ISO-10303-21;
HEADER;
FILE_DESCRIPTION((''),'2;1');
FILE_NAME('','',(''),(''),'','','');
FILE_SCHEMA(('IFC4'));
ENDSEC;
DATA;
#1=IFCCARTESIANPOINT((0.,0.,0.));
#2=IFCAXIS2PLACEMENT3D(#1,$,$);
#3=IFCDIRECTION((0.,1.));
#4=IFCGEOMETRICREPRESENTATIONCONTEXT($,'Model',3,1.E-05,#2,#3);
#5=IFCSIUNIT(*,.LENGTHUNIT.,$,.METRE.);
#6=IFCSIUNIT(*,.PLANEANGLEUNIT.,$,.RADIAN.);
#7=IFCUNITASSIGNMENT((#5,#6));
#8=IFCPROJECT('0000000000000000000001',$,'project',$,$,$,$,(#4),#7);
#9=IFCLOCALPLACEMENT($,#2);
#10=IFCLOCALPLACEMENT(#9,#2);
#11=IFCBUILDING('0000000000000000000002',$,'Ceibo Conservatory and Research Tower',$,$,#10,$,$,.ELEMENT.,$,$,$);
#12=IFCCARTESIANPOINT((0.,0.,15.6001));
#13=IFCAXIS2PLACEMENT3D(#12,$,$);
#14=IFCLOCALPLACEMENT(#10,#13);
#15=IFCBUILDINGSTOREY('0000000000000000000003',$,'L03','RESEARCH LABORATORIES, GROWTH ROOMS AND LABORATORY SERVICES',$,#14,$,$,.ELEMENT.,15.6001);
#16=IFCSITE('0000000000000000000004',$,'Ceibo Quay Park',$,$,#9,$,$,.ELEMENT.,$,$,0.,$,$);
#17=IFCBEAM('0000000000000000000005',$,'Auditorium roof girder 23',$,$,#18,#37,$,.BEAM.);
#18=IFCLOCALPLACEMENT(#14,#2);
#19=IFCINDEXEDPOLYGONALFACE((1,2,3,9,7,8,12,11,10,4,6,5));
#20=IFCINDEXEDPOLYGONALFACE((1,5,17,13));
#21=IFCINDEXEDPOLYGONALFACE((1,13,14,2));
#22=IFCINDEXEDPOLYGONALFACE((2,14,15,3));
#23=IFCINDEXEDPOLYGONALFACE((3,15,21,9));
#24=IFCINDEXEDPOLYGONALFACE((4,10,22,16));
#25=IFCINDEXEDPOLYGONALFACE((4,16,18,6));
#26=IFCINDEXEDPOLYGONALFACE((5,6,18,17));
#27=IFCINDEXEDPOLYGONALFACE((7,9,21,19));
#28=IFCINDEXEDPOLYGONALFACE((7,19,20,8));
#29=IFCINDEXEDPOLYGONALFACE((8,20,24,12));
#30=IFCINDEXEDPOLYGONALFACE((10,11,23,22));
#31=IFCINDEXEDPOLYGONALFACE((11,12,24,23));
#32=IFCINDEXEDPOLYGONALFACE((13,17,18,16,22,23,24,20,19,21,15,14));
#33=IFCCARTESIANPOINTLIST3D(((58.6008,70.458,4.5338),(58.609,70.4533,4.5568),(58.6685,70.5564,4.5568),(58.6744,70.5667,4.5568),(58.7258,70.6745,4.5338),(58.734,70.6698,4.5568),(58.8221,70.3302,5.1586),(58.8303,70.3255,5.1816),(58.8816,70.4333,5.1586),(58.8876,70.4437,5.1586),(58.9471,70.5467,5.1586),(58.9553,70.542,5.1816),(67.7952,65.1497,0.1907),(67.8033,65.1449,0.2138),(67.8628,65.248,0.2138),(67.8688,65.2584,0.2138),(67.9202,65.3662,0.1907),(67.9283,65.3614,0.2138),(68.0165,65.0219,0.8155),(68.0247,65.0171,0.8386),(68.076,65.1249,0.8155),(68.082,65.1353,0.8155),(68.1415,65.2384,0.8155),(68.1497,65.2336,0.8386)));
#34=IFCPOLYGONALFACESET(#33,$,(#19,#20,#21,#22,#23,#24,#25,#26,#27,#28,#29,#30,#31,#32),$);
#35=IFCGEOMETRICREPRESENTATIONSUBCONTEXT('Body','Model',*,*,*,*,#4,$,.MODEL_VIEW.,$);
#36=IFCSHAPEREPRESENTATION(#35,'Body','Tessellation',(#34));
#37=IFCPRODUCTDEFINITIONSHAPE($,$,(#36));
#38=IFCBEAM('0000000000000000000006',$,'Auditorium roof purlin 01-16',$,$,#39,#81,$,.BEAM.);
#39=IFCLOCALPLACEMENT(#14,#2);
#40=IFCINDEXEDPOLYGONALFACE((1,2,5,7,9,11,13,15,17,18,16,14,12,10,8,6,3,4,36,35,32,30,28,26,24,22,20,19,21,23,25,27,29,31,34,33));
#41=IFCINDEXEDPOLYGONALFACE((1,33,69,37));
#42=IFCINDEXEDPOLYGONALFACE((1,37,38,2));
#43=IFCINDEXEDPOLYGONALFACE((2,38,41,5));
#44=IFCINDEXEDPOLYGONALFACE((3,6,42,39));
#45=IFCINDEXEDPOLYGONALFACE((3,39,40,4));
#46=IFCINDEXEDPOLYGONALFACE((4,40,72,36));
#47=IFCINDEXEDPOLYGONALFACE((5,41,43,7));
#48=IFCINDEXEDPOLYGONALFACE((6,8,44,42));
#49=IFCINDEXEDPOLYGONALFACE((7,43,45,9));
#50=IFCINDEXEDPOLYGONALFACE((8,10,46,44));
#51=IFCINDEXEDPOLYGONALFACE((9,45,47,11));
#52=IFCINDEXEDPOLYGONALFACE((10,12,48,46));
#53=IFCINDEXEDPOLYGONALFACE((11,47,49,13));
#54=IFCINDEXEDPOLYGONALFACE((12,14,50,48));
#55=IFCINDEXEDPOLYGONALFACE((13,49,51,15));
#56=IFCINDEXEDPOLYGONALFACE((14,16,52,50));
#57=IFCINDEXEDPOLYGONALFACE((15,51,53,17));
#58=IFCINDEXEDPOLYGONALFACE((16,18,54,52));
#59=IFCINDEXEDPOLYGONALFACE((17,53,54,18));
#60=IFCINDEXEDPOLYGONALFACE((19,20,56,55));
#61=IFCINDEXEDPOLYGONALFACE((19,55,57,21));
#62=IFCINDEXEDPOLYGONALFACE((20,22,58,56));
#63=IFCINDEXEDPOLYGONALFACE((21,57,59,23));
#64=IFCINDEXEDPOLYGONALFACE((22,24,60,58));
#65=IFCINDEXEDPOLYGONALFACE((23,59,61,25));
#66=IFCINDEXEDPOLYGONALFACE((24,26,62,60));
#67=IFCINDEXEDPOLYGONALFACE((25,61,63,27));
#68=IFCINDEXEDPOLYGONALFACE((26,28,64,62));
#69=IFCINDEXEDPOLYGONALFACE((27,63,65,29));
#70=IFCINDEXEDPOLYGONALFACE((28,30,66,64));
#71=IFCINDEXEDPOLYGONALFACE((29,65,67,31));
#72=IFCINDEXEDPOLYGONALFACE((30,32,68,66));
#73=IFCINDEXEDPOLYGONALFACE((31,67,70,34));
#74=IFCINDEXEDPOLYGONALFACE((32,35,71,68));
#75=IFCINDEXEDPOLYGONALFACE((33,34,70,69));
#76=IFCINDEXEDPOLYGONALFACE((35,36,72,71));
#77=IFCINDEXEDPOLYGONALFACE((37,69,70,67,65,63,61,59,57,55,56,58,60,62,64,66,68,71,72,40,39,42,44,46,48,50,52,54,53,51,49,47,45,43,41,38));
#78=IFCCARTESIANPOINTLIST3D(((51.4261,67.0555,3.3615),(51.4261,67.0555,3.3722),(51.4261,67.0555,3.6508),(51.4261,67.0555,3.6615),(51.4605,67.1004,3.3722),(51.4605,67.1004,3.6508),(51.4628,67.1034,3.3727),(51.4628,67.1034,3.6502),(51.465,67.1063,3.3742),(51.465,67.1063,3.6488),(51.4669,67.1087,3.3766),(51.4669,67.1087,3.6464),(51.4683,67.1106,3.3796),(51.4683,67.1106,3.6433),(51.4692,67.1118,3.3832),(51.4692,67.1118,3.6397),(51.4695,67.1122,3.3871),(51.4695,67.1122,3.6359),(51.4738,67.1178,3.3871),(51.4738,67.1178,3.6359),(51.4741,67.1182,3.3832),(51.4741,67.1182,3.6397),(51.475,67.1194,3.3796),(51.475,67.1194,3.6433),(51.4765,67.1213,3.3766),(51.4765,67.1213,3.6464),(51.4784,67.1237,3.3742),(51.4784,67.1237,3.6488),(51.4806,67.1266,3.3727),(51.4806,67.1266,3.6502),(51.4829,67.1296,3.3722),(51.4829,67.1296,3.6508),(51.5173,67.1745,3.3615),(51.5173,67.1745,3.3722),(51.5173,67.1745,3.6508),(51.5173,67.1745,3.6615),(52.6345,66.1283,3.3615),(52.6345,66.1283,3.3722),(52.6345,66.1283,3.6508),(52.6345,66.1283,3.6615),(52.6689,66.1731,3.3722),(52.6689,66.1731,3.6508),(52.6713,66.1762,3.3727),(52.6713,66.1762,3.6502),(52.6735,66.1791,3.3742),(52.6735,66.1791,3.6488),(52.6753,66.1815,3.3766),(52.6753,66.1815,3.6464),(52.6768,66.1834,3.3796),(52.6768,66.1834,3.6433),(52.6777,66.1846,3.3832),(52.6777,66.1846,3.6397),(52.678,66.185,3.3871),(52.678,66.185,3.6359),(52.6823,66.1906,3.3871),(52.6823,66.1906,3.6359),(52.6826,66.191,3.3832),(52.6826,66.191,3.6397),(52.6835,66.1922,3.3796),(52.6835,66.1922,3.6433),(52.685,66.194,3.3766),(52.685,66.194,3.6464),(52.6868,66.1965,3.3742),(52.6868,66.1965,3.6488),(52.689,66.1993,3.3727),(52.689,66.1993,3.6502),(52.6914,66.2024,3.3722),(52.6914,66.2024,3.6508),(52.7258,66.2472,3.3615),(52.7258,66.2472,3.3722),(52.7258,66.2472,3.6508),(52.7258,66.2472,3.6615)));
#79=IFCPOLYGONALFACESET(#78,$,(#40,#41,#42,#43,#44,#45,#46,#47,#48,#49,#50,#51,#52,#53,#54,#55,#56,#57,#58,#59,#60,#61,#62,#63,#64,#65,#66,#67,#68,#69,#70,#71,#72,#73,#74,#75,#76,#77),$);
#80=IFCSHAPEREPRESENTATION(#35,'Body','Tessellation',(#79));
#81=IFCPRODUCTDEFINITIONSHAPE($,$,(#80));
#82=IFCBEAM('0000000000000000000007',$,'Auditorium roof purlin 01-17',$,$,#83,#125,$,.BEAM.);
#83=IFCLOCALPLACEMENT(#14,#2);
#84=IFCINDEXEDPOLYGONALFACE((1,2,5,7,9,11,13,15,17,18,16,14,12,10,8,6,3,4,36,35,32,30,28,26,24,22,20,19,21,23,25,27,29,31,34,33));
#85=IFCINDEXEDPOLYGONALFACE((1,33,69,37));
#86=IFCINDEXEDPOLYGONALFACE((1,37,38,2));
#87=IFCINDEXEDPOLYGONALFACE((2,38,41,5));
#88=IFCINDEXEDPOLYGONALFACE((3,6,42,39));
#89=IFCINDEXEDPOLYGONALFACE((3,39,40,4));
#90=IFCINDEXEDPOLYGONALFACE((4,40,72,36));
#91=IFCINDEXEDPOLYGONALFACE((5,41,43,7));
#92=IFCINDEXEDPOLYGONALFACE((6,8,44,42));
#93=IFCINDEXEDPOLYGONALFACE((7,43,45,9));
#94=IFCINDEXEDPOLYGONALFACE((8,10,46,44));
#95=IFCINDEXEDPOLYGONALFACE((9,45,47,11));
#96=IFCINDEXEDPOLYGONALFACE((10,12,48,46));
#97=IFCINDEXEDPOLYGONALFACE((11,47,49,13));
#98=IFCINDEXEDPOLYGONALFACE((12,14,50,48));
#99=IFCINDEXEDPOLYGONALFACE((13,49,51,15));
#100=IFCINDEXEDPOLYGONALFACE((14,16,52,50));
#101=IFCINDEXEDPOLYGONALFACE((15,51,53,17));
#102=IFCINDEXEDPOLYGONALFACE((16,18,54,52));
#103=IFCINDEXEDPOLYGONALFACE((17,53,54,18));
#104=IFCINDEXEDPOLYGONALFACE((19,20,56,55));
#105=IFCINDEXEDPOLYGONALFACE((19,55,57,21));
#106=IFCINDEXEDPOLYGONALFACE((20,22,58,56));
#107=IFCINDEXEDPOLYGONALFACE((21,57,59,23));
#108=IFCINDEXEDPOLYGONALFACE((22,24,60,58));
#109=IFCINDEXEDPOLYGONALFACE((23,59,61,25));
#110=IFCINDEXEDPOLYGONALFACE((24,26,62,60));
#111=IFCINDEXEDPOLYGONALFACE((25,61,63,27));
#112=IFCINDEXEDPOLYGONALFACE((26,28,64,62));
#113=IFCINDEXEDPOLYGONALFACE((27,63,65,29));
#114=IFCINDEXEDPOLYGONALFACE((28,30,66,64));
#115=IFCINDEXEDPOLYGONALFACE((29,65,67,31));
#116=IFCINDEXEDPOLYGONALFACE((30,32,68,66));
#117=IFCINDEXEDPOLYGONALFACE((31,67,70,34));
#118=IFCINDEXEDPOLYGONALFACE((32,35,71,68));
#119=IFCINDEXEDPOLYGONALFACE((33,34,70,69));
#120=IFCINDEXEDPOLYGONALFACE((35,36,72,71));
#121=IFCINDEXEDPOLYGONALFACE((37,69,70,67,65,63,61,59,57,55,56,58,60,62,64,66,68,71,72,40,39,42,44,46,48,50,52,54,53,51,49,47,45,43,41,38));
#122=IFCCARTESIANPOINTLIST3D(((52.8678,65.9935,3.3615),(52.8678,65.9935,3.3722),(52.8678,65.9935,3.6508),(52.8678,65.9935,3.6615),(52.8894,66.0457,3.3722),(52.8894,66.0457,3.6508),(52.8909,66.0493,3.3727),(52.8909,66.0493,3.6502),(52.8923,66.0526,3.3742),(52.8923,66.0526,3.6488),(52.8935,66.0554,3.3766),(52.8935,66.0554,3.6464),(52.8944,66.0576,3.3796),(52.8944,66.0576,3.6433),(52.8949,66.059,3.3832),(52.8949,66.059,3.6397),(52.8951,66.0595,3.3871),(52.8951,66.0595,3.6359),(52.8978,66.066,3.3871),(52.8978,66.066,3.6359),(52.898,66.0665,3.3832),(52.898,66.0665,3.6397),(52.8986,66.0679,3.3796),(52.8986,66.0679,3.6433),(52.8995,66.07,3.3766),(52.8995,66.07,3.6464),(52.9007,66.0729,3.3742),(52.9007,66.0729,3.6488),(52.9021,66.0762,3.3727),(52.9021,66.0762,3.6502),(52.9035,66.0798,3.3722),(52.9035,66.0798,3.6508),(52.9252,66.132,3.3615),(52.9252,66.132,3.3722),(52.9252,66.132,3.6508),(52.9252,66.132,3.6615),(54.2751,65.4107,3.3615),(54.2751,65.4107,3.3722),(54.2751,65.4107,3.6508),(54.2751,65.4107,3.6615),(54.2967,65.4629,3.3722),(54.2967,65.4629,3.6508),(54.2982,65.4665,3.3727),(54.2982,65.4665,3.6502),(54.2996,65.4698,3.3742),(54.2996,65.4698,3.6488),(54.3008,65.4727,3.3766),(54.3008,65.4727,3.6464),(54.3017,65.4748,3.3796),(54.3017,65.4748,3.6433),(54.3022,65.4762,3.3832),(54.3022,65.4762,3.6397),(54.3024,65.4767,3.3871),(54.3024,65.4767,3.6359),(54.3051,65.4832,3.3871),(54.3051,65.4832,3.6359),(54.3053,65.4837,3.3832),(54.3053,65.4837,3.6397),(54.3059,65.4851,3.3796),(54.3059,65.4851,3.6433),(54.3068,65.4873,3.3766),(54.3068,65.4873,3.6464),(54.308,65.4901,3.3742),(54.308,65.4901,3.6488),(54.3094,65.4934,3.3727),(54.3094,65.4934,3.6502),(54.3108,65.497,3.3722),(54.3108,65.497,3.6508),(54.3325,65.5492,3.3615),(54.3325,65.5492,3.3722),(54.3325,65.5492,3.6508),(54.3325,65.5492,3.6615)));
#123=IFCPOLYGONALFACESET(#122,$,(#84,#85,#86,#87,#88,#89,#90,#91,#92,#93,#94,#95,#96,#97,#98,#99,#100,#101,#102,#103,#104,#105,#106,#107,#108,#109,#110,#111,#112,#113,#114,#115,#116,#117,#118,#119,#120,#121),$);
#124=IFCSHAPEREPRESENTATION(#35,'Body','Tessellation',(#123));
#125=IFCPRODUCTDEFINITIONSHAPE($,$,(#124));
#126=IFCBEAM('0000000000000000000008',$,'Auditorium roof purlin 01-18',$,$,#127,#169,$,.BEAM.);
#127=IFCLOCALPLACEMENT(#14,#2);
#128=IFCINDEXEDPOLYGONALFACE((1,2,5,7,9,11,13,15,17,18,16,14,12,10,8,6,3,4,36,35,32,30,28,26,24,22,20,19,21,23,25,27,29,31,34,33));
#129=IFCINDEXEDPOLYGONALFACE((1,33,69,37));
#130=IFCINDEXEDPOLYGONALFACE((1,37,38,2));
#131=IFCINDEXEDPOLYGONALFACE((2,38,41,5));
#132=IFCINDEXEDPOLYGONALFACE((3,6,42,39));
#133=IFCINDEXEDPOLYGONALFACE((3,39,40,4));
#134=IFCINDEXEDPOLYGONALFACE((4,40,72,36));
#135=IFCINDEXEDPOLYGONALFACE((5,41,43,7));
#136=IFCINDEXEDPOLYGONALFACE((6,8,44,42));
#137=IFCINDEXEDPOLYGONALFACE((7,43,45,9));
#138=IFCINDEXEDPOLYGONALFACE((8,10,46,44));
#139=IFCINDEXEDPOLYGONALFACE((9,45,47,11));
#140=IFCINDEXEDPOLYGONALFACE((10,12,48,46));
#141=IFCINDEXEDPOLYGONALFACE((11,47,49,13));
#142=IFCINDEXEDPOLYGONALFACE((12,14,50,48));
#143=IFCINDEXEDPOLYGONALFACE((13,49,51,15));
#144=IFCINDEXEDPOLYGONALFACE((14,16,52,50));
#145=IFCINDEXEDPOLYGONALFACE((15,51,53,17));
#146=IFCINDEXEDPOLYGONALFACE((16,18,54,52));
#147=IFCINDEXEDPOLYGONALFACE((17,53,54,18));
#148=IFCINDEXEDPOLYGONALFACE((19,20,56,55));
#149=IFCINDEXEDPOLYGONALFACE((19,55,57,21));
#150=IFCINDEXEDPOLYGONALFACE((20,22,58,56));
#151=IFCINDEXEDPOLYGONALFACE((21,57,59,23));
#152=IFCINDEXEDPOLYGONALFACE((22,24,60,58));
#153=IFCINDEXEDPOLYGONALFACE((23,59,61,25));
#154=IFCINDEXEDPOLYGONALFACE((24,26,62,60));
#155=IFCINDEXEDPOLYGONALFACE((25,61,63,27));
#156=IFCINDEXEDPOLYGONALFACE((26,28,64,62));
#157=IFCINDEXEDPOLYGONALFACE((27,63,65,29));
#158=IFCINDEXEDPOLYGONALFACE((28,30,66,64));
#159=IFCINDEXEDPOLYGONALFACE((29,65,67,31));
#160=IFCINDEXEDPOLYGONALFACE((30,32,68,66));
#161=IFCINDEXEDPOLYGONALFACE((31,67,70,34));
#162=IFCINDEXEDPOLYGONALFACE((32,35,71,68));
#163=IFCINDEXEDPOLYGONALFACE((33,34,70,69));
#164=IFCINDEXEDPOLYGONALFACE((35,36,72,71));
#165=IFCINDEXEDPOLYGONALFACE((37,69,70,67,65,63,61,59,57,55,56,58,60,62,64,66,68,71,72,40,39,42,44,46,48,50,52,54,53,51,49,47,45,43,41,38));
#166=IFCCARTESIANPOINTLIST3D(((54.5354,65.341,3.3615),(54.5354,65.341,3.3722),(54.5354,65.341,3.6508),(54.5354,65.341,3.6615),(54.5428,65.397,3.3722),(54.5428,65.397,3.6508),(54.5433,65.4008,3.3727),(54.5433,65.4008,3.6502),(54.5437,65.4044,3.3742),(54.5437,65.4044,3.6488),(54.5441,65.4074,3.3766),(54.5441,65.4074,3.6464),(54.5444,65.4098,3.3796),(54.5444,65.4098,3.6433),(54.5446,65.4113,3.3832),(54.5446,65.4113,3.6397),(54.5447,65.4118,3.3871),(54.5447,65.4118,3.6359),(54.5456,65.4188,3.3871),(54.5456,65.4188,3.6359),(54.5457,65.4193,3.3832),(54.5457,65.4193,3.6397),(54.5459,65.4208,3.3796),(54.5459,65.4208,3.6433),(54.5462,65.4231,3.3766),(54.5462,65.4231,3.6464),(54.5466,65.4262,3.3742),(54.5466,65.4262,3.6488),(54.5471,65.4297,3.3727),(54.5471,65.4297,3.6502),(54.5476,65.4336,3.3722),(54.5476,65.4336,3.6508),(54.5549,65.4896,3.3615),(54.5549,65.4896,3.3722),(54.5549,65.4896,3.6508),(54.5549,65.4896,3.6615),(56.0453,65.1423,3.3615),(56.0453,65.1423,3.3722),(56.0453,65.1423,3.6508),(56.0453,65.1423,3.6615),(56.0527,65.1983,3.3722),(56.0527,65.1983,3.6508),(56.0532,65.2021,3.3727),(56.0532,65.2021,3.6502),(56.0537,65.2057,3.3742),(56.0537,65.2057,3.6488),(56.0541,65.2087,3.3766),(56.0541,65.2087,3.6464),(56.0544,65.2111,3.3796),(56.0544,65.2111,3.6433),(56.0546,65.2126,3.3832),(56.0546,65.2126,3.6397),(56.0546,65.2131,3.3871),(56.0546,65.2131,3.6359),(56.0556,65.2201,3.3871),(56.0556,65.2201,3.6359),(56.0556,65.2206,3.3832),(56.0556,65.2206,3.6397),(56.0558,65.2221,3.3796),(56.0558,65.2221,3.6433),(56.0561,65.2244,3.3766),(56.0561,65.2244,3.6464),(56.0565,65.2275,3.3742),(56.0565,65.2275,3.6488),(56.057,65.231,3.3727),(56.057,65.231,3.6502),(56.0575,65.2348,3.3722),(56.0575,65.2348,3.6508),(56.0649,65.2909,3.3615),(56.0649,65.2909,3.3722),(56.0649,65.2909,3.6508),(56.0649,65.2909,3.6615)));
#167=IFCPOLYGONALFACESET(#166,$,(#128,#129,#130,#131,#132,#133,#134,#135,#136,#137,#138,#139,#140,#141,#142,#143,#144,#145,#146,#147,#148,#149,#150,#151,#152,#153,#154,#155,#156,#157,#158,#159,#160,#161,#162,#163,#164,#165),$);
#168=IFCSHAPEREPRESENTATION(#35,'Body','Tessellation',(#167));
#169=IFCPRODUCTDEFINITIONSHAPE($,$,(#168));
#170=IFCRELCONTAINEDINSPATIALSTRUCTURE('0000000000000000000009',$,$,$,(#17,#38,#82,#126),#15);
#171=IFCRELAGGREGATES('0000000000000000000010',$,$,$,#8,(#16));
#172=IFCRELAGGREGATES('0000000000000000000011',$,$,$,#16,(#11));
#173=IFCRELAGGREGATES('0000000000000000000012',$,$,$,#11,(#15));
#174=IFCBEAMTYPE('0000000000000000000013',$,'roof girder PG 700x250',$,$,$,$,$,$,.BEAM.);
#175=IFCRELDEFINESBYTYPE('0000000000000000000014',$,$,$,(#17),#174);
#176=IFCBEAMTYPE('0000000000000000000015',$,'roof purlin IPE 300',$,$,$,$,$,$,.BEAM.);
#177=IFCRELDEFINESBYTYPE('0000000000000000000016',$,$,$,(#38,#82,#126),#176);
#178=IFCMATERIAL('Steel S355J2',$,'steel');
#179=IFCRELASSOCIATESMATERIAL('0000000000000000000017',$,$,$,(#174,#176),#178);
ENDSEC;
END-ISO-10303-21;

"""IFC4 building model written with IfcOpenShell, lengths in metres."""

from ifc_helpers import new_model, si_unit, direction, frame, origin, origin_2d, place, context, subcontext, project, spatial, i_section, extrude, material, material_profile, profile_set, type_object, element, save


model = new_model("IFC4")

# Units and contexts
model_context = context("Model", 3, precision=1e-05, world=origin(), true_north=direction((0.0, 1.0)))
body_context = subcontext(model_context, "Body", "Model", "MODEL_VIEW")
ifc_project = project(units=[si_unit("LENGTHUNIT", "METRE"), si_unit("PLANEANGLEUNIT", "RADIAN")], contexts=[model_context])

# Site, building, storey
site_placement = place(None, origin())
site = spatial("IfcSite", under=ifc_project, at=site_placement, Name="Ceibo Quay Park", CompositionType="ELEMENT", RefElevation=0.0)
building_placement = place(site_placement, origin())
building = spatial("IfcBuilding", under=site, at=building_placement, Name="Ceibo Conservatory and Research Tower", CompositionType="ELEMENT")
storey_placement = place(building_placement, frame((0.0, 0.0, 15.6001)))
storey = spatial("IfcBuildingStorey", under=building, at=storey_placement, Name="L03", Description="RESEARCH LABORATORIES, GROWTH ROOMS AND LABORATORY SERVICES", CompositionType="ELEMENT", Elevation=15.6001)

# Beams
ifc_material_1 = material(Name="Steel S355J2", Category="steel")
ifc_material_profile_1 = material_profile(ifc_material_1, i_section(OverallWidth=0.25, OverallDepth=0.7, WebThickness=0.012, FlangeThickness=0.0249, at=origin_2d()), Name="PG 700x250")
ifc_profile_set_1 = profile_set([ifc_material_profile_1], Name="Steel S355J2")
beam_type_1 = type_object("IfcBeamType", Name="roof girder PG 700x250", PredefinedType="BEAM", material=ifc_profile_set_1)
beam_1_placement = place(storey_placement, frame((67.9724, 65.1917, 0.5146), z_axis=(-0.801552, 0.462776, 0.378619), x_axis=(-0.5, -0.866026, 0.0)))
element("IfcBeam", 1, at=beam_1_placement, inside=storey, type_object=beam_type_1, Name="Auditorium roof girder 23", PredefinedType="BEAM", context=body_context, shape_type="SweptSolid", body=[
    extrude(i_section(OverallWidth=0.25, OverallDepth=0.7, WebThickness=0.012, FlangeThickness=0.0249, at=origin_2d()), origin(), (0.0, 0.0, 1.0), 11.4707),
])
ifc_material_profile_2 = material_profile(ifc_material_1, i_section(OverallWidth=0.1499, OverallDepth=0.3, WebThickness=0.0071, FlangeThickness=0.0107, FilletRadius=0.0149, at=origin_2d()), Name="IPE 300")
ifc_profile_set_2 = profile_set([ifc_material_profile_2], Name="Steel S355J2")
beam_type_2 = type_object("IfcBeamType", Name="roof purlin IPE 300", PredefinedType="BEAM", material=ifc_profile_set_2)
for number, where, z_axis, x_axis, name in (
    (2, (51.4717, 67.115, 3.5115), (0.793374, -0.608734, 0.0), (0.608734, 0.793374, 0.0), "Auditorium roof purlin 01-16"),
    (3, (52.8965, 66.0627, 3.5115), (0.923909, -0.382611, 0.0), (0.382611, 0.923909, 0.0), "Auditorium roof purlin 01-17"),
):
    element("IfcBeam", number, at=place(storey_placement, frame(where, z_axis=z_axis, x_axis=x_axis)), inside=storey, type_object=beam_type_2, Name=name, PredefinedType="BEAM", context=body_context, shape_type="SweptSolid", body=[
        extrude(i_section(OverallWidth=0.1499, OverallDepth=0.3, WebThickness=0.0071, FlangeThickness=0.0107, FilletRadius=0.0149, at=origin_2d()), origin(), (0.0, 0.0, 1.0), 1.5232),
    ])
beam_2_placement = place(storey_placement, frame((54.5452, 65.4153, 3.5115), z_axis=(0.99145, -0.130484, 0.0), x_axis=(0.130484, 0.99145, 0.0)))
element("IfcBeam", 4, at=beam_2_placement, inside=storey, type_object=beam_type_2, Name="Auditorium roof purlin 01-18", PredefinedType="BEAM", context=body_context, shape_type="SweptSolid", body=[
    extrude(i_section(OverallWidth=0.1499, OverallDepth=0.3, WebThickness=0.0071, FlangeThickness=0.0107, FilletRadius=0.0149, at=origin_2d()), origin(), (0.0, 0.0, 1.0), 1.5229),
])

save(model, "model.ifc")
